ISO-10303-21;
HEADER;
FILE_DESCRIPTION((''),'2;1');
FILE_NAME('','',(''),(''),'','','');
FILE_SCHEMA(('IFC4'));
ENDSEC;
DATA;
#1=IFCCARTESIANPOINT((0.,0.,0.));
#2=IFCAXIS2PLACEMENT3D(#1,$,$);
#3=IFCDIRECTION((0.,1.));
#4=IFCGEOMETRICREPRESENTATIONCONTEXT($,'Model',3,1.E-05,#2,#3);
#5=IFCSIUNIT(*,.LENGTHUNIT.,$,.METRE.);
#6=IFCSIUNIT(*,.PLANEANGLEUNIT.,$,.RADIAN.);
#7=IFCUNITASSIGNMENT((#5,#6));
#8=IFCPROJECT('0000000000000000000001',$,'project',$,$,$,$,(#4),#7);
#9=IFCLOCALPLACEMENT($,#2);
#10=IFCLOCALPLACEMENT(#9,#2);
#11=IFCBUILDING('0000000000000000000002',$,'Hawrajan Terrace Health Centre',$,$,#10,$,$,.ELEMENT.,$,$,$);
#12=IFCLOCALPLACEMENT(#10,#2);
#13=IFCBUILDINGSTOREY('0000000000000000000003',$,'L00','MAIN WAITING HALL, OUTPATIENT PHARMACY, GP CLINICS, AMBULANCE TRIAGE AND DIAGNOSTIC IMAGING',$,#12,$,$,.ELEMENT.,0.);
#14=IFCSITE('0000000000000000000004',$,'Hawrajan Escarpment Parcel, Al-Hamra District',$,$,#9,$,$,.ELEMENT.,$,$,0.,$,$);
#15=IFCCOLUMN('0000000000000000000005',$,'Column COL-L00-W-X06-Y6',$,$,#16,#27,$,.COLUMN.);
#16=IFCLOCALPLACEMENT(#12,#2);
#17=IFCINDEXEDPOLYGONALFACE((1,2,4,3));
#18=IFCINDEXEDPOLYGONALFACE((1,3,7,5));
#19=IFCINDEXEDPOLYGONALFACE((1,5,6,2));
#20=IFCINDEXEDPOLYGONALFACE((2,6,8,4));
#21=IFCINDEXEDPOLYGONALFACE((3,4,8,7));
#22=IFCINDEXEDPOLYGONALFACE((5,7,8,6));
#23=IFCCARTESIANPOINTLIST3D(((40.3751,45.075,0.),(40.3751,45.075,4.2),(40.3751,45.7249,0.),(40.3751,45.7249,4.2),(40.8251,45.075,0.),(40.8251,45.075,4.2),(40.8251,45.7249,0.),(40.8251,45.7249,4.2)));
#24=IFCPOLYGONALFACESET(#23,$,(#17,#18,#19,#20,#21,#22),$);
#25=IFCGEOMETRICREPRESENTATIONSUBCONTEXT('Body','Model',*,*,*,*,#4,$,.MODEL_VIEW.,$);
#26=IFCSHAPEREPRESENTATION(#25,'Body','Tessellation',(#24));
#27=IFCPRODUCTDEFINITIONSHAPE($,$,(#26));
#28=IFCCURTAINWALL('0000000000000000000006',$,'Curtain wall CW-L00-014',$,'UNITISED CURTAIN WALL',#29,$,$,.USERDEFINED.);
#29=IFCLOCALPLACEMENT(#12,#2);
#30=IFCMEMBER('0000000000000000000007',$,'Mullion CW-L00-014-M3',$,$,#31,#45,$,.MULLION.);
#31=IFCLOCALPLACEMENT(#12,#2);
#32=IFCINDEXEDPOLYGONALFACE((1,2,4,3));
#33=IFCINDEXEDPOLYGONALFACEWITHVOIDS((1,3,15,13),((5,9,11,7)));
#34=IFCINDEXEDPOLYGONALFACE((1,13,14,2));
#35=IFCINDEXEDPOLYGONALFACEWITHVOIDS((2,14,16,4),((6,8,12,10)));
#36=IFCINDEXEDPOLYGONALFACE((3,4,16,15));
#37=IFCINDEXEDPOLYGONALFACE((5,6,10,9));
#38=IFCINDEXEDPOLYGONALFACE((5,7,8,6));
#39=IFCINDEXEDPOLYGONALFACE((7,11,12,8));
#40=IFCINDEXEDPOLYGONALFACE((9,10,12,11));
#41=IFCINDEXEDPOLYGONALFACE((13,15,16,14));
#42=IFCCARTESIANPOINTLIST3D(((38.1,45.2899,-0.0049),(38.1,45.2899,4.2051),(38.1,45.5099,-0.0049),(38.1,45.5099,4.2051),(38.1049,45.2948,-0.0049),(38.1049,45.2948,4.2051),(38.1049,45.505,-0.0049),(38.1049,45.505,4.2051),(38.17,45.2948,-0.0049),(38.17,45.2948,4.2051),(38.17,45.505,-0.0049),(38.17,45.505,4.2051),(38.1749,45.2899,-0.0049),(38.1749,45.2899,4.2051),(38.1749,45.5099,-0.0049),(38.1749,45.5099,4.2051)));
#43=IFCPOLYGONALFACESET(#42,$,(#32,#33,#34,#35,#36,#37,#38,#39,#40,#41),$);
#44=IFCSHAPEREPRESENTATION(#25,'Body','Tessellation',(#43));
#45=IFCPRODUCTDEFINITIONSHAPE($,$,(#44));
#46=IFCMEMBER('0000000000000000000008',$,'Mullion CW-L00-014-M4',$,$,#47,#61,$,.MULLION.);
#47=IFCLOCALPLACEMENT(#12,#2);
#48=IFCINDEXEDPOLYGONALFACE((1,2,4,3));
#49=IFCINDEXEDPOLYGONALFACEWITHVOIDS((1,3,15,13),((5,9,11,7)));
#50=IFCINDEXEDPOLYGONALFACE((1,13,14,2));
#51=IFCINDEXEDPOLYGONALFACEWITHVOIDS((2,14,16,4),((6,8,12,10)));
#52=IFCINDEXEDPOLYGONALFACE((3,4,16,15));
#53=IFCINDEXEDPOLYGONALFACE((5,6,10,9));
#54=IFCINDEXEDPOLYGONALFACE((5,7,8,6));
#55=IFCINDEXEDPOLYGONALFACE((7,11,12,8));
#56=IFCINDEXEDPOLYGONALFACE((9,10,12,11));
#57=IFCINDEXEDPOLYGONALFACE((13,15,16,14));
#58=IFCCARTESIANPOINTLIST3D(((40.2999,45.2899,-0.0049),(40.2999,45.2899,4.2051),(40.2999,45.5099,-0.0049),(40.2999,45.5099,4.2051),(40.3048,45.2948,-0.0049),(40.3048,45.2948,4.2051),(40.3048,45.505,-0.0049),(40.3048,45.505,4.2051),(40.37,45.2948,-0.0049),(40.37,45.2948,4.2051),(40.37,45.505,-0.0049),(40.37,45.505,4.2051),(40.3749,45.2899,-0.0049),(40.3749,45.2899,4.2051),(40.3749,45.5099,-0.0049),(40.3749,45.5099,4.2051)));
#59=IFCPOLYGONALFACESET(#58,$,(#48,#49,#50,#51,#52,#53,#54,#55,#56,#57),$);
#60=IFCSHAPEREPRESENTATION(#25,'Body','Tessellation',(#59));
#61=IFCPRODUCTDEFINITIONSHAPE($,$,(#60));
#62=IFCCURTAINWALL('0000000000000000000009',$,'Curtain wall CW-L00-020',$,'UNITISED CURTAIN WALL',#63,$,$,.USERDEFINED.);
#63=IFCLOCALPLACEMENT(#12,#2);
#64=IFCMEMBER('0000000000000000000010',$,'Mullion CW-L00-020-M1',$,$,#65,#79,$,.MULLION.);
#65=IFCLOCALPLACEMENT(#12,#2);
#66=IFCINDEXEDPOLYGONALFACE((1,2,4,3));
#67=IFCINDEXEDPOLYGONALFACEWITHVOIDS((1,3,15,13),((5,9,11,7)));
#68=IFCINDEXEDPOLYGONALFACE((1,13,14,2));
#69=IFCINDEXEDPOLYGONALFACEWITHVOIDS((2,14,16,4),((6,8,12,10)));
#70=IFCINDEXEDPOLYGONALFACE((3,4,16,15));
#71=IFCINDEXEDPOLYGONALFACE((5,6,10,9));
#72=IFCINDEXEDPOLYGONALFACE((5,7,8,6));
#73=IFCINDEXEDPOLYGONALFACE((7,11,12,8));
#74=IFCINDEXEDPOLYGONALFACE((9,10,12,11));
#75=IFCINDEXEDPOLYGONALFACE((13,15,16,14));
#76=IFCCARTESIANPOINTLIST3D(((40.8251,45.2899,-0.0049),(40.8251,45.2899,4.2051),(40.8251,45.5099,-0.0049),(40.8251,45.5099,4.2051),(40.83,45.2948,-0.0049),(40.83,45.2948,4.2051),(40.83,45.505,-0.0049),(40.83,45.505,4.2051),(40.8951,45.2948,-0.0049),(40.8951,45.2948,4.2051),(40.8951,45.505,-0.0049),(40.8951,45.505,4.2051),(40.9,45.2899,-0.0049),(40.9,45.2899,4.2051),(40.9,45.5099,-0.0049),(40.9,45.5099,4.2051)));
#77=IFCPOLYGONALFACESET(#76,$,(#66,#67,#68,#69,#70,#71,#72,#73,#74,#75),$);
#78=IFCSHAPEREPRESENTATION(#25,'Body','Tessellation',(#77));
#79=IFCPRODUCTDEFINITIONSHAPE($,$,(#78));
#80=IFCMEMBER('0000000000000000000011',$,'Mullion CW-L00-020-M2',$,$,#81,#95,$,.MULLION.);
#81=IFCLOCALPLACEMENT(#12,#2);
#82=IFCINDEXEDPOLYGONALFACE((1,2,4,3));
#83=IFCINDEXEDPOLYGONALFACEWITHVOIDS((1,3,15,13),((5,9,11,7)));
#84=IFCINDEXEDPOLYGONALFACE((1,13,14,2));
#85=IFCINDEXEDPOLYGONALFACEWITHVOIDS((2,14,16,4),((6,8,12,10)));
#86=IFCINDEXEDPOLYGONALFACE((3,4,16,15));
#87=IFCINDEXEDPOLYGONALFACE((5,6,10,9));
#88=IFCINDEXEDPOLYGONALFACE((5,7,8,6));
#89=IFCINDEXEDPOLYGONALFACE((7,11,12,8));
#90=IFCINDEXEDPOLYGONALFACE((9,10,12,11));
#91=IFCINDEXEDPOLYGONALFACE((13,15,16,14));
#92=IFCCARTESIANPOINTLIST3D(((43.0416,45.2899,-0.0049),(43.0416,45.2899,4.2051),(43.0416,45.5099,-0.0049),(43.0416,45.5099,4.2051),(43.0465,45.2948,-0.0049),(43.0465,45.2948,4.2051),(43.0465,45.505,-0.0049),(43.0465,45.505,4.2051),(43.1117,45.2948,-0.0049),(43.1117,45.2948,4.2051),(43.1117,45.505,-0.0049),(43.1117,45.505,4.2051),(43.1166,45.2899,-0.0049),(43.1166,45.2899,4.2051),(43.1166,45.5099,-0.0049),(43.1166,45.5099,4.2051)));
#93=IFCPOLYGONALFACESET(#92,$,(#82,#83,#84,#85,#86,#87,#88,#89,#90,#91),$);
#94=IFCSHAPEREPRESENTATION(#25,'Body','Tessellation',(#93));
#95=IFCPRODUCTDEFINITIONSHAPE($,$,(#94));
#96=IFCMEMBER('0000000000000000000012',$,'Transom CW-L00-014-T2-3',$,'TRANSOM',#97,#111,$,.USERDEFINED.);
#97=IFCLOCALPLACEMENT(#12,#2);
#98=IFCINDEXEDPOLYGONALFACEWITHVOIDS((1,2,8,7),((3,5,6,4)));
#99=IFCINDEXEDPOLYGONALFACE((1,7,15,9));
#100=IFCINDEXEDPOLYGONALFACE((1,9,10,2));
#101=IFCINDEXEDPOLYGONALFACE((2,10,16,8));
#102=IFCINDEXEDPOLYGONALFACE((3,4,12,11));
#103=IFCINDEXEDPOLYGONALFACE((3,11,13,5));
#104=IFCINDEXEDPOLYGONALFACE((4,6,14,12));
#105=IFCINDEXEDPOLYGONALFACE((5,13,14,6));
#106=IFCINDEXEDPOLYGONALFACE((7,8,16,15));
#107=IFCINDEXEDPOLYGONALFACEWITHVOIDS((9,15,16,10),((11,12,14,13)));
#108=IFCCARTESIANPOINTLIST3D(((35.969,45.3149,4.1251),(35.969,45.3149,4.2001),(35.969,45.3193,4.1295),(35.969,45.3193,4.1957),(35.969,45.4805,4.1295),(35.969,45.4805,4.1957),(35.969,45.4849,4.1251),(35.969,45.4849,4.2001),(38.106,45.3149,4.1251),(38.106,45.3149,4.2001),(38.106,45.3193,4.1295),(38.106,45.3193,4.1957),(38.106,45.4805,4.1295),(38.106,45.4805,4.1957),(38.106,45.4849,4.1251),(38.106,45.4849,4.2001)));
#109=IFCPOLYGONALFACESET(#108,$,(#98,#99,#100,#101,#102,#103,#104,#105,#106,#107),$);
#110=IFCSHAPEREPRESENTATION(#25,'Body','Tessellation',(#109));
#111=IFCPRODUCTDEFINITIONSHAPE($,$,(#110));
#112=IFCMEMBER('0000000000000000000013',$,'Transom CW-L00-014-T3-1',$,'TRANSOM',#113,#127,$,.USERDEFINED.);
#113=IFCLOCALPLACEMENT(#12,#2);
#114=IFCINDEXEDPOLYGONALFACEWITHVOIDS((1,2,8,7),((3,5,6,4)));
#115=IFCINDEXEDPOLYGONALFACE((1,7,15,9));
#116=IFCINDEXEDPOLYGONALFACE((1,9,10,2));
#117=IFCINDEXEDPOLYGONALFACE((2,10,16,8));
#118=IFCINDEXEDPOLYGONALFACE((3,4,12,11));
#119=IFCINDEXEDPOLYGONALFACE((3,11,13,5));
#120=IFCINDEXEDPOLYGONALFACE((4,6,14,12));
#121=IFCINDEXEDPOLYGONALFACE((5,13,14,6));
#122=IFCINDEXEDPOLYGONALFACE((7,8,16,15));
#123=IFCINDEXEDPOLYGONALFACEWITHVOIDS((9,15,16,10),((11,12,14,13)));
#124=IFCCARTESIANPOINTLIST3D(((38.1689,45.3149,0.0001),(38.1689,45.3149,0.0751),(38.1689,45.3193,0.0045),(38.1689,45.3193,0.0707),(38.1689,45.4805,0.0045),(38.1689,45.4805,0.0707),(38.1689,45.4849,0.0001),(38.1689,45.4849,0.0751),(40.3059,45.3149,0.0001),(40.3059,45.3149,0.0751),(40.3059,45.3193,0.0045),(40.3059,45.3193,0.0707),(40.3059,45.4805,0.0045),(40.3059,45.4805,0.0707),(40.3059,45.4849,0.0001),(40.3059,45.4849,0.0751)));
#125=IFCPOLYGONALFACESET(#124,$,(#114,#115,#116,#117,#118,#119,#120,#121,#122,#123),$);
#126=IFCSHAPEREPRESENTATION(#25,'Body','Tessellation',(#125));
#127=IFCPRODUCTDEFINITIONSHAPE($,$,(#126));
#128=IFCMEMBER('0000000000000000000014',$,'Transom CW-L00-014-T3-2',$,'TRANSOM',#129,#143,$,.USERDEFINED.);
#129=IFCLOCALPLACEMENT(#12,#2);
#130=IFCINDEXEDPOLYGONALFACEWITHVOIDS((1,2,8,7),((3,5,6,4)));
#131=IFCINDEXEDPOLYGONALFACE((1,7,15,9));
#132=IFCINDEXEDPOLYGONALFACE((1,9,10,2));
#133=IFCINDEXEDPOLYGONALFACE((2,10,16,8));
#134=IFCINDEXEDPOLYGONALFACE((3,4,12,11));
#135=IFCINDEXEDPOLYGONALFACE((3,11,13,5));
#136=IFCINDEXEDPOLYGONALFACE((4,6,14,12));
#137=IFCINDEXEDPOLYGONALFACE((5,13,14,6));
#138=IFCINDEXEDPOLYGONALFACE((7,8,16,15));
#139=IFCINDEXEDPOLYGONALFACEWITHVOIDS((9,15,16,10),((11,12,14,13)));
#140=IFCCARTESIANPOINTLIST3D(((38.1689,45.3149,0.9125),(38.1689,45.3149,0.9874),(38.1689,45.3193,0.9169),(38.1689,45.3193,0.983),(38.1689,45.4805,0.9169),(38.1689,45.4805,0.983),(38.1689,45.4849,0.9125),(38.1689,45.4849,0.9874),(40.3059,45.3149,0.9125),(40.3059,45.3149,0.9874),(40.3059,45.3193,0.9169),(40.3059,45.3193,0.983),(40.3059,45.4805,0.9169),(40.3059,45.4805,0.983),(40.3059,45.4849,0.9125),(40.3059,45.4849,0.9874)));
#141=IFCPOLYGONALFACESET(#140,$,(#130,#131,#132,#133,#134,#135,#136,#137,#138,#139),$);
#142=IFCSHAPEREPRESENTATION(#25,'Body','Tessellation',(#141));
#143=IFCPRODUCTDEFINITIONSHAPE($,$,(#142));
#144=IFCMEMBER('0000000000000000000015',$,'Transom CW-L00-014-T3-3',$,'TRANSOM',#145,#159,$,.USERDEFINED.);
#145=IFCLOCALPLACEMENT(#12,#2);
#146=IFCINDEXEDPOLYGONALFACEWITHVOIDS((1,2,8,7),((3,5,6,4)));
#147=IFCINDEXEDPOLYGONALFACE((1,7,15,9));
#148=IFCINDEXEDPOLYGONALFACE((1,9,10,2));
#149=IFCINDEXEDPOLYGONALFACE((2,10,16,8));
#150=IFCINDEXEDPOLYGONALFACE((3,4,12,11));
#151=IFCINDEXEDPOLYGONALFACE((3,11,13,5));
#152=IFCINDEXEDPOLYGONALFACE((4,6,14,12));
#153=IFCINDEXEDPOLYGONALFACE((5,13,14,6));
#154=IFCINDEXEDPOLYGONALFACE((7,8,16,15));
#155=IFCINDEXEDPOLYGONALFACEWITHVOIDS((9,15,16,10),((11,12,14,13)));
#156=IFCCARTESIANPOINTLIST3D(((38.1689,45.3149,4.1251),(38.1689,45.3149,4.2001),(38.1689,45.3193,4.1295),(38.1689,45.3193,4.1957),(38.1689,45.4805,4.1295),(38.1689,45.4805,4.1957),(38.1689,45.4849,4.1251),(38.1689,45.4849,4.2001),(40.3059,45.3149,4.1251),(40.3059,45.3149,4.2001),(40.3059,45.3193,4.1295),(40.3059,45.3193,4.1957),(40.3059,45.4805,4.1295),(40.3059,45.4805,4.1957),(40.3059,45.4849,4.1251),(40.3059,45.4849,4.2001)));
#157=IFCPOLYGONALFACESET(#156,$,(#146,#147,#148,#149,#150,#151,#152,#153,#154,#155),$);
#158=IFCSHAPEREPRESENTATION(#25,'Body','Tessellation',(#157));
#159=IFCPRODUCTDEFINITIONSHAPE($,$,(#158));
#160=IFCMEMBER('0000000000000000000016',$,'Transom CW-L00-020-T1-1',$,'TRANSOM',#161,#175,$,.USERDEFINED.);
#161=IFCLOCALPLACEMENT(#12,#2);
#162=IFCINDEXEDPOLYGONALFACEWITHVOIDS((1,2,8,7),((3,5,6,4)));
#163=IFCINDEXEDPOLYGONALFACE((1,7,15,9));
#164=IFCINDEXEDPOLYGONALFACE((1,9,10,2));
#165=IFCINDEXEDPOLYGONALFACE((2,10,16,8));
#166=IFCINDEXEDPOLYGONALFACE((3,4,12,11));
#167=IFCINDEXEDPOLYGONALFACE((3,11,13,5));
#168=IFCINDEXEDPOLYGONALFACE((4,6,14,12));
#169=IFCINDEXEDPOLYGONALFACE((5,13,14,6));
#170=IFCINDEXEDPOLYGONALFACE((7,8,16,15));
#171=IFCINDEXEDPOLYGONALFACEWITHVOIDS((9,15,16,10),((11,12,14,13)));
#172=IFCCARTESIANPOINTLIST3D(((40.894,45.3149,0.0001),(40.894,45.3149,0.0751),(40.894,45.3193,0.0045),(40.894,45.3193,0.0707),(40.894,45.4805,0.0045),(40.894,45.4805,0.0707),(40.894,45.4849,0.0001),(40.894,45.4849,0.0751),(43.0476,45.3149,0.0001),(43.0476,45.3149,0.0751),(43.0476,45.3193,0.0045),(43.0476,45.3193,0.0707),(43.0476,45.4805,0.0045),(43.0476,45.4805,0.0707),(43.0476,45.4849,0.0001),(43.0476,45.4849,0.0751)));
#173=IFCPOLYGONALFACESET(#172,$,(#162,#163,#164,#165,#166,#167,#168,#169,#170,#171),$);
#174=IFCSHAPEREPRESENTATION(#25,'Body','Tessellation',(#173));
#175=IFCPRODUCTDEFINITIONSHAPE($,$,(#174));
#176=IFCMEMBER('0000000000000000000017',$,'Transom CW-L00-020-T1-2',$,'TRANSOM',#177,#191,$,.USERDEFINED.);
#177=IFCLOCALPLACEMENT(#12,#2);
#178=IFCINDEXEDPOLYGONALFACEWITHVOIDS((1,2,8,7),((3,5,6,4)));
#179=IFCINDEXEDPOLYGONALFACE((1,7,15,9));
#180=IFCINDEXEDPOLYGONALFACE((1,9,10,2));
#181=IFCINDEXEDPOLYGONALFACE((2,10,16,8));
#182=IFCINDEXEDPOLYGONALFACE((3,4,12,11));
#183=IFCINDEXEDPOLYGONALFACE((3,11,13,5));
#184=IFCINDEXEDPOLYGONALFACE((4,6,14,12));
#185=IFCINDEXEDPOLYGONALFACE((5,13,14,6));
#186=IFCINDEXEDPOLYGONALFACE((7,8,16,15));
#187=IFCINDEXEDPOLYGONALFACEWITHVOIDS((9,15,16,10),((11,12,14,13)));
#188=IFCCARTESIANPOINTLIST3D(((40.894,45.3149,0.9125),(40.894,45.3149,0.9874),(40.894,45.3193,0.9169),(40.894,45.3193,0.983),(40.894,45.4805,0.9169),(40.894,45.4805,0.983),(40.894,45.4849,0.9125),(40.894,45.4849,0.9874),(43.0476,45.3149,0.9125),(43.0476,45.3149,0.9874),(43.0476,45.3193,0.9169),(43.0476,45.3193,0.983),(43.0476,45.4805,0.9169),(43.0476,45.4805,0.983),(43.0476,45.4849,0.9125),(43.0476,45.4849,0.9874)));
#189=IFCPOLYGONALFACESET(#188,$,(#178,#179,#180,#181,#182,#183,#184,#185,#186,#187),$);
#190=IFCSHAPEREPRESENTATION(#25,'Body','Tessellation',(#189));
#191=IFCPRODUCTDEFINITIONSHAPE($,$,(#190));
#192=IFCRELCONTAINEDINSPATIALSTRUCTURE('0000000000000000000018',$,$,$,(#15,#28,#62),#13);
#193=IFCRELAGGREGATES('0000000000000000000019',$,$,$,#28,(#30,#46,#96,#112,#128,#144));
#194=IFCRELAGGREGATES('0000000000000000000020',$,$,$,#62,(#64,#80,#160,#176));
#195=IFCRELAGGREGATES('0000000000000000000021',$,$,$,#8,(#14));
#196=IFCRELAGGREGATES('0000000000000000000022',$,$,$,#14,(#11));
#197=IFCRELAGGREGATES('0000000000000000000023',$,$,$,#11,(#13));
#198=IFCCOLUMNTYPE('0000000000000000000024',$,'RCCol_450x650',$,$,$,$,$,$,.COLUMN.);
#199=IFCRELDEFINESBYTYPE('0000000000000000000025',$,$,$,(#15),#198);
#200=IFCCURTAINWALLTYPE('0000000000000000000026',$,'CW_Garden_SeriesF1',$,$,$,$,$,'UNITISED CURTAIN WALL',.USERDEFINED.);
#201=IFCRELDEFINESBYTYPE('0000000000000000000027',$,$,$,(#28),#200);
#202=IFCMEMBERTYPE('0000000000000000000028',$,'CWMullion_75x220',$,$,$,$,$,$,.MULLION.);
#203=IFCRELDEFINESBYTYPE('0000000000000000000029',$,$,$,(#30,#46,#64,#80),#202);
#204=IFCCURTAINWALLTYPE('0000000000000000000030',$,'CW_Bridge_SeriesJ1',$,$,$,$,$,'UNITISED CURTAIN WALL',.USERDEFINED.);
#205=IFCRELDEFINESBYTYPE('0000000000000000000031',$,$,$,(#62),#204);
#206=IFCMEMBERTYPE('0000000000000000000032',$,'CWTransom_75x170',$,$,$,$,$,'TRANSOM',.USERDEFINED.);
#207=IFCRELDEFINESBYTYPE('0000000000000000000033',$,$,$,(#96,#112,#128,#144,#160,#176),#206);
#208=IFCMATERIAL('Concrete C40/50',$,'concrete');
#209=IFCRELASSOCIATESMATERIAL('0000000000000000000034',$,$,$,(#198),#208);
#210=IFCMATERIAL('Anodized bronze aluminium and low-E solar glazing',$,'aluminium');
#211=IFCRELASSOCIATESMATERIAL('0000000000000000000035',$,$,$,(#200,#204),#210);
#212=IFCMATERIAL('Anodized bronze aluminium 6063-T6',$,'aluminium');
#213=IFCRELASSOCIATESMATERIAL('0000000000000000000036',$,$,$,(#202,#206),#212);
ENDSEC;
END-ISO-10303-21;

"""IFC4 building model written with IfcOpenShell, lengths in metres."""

from ifc_helpers import new_model, si_unit, direction, frame, origin, origin_2d, place, context, subcontext, project, spatial, rectangle, hollow_rectangle, extrude, material, material_profile, profile_set, type_object, element, aggregate, save


model = new_model("IFC4")

# Units and contexts
model_context = context("Model", 3, precision=1e-05, world=origin(), true_north=direction((0.0, 1.0)))
body_context = subcontext(model_context, "Body", "Model", "MODEL_VIEW")
ifc_project = project(units=[si_unit("LENGTHUNIT", "METRE"), si_unit("PLANEANGLEUNIT", "RADIAN")], contexts=[model_context])

# Site, building, storey
site_placement = place(None, origin())
site = spatial("IfcSite", under=ifc_project, at=site_placement, Name="Hawrajan Escarpment Parcel, Al-Hamra District", CompositionType="ELEMENT", RefElevation=0.0)
building_placement = place(site_placement, origin())
building = spatial("IfcBuilding", under=site, at=building_placement, Name="Hawrajan Terrace Health Centre", CompositionType="ELEMENT")
storey_placement = place(building_placement, origin())
storey = spatial("IfcBuildingStorey", under=building, at=storey_placement, Name="L00", Description="MAIN WAITING HALL, OUTPATIENT PHARMACY, GP CLINICS, AMBULANCE TRIAGE AND DIAGNOSTIC IMAGING", CompositionType="ELEMENT", Elevation=0.0)

# Column
ifc_material_1 = material(Name="Concrete C40/50", Category="concrete")
ifc_material_profile_1 = material_profile(ifc_material_1, rectangle(XDim=0.45, YDim=0.6499, at=origin_2d()), Name="RC 450x650")
ifc_profile_set_1 = profile_set([ifc_material_profile_1], Name="Concrete C40/50")
column_type = type_object("IfcColumnType", Name="RCCol_450x650", PredefinedType="COLUMN", material=ifc_profile_set_1)
column_placement = place(storey_placement, frame((40.6001, 45.3999, 0.0), z_axis=(0.0, 0.0, 1.0), x_axis=(1.0, 0.0, 0.0)))
element("IfcColumn", 1, at=column_placement, inside=storey, type_object=column_type, Name="Column COL-L00-W-X06-Y6", PredefinedType="COLUMN", context=body_context, shape_type="SweptSolid", body=[
    extrude(rectangle(XDim=0.45, YDim=0.6499, at=origin_2d()), origin(), (0.0, 0.0, 1.0), 4.2),
])

# Curtain walls, members
ifc_material_2 = material(Name="Anodized bronze aluminium and low-E solar glazing", Category="aluminium")
curtain_wall_type_1 = type_object("IfcCurtainWallType", Name="CW_Garden_SeriesF1", ElementType="UNITISED CURTAIN WALL", PredefinedType="USERDEFINED", material=ifc_material_2)
curtain_wall_1_placement = place(storey_placement, origin())
curtain_wall_1 = element("IfcCurtainWall", 2, at=curtain_wall_1_placement, inside=storey, type_object=curtain_wall_type_1, Name="Curtain wall CW-L00-014", ObjectType="UNITISED CURTAIN WALL", PredefinedType="USERDEFINED")
ifc_material_3 = material(Name="Anodized bronze aluminium 6063-T6", Category="aluminium")
ifc_material_profile_2 = material_profile(ifc_material_3, hollow_rectangle(XDim=0.075, YDim=0.22, WallThickness=0.0049, at=origin_2d()), Name="CW MUL 75x220")
ifc_profile_set_2 = profile_set([ifc_material_profile_2], Name="Anodized bronze aluminium 6063-T6")
member_type_1 = type_object("IfcMemberType", Name="CWMullion_75x220", PredefinedType="MULLION", material=ifc_profile_set_2)
member_1_placement = place(storey_placement, frame((38.1375, 45.3999, -0.0049), z_axis=(0.0, 0.0, 1.0), x_axis=(1.0, 0.0, 0.0)))
member_1 = element("IfcMember", 3, at=member_1_placement, type_object=member_type_1, Name="Mullion CW-L00-014-M3", PredefinedType="MULLION", context=body_context, shape_type="SweptSolid", body=[
    extrude(hollow_rectangle(XDim=0.075, YDim=0.22, WallThickness=0.0049, at=origin_2d()), origin(), (0.0, 0.0, 1.0), 4.21),
])
member_2_placement = place(storey_placement, frame((40.3374, 45.3999, -0.0049), z_axis=(0.0, 0.0, 1.0), x_axis=(1.0, 0.0, 0.0)))
member_2 = element("IfcMember", 4, at=member_2_placement, type_object=member_type_1, Name="Mullion CW-L00-014-M4", PredefinedType="MULLION", context=body_context, shape_type="SweptSolid", body=[
    extrude(hollow_rectangle(XDim=0.075, YDim=0.22, WallThickness=0.0049, at=origin_2d()), origin(), (0.0, 0.0, 1.0), 4.21),
])
curtain_wall_type_2 = type_object("IfcCurtainWallType", Name="CW_Bridge_SeriesJ1", ElementType="UNITISED CURTAIN WALL", PredefinedType="USERDEFINED", material=ifc_material_2)
curtain_wall_2_placement = place(storey_placement, origin())
curtain_wall_2 = element("IfcCurtainWall", 5, at=curtain_wall_2_placement, inside=storey, type_object=curtain_wall_type_2, Name="Curtain wall CW-L00-020", ObjectType="UNITISED CURTAIN WALL", PredefinedType="USERDEFINED")
member_3_placement = place(storey_placement, frame((40.8625, 45.3999, -0.0049), z_axis=(0.0, 0.0, 1.0), x_axis=(1.0, 0.0, 0.0)))
member_3 = element("IfcMember", 6, at=member_3_placement, type_object=member_type_1, Name="Mullion CW-L00-020-M1", PredefinedType="MULLION", context=body_context, shape_type="SweptSolid", body=[
    extrude(hollow_rectangle(XDim=0.075, YDim=0.22, WallThickness=0.0049, at=origin_2d()), origin(), (0.0, 0.0, 1.0), 4.21),
])
member_4_placement = place(storey_placement, frame((43.0791, 45.3999, -0.0049), z_axis=(0.0, 0.0, 1.0), x_axis=(1.0, 0.0, 0.0)))
member_4 = element("IfcMember", 7, at=member_4_placement, type_object=member_type_1, Name="Mullion CW-L00-020-M2", PredefinedType="MULLION", context=body_context, shape_type="SweptSolid", body=[
    extrude(hollow_rectangle(XDim=0.075, YDim=0.22, WallThickness=0.0049, at=origin_2d()), origin(), (0.0, 0.0, 1.0), 4.21),
])

# Members
ifc_material_profile_3 = material_profile(ifc_material_3, hollow_rectangle(XDim=0.075, YDim=0.1699, WallThickness=0.0044, at=origin_2d()), Name="CW TRN 75x170")
ifc_profile_set_3 = profile_set([ifc_material_profile_3], Name="Anodized bronze aluminium 6063-T6")
member_type_2 = type_object("IfcMemberType", Name="CWTransom_75x170", ElementType="TRANSOM", PredefinedType="USERDEFINED", material=ifc_profile_set_3)
member_5_placement = place(storey_placement, frame((35.969, 45.3999, 4.1626), z_axis=(1.0, 0.0, 0.0), x_axis=(0.0, 0.0, 1.0)))
member_5 = element("IfcMember", 8, at=member_5_placement, type_object=member_type_2, Name="Transom CW-L00-014-T2-3", ObjectType="TRANSOM", PredefinedType="USERDEFINED", context=body_context, shape_type="SweptSolid", body=[
    extrude(hollow_rectangle(XDim=0.075, YDim=0.1699, WallThickness=0.0044, at=origin_2d()), origin(), (0.0, 0.0, 1.0), 2.137),
])
member_6_placement = place(storey_placement, frame((38.1689, 45.3999, 0.0376), z_axis=(1.0, 0.0, 0.0), x_axis=(0.0, 0.0, 1.0)))
member_6 = element("IfcMember", 9, at=member_6_placement, type_object=member_type_2, Name="Transom CW-L00-014-T3-1", ObjectType="TRANSOM", PredefinedType="USERDEFINED", context=body_context, shape_type="SweptSolid", body=[
    extrude(hollow_rectangle(XDim=0.075, YDim=0.1699, WallThickness=0.0044, at=origin_2d()), origin(), (0.0, 0.0, 1.0), 2.137),
])
member_7_placement = place(storey_placement, frame((38.1689, 45.3999, 0.95), z_axis=(1.0, 0.0, 0.0), x_axis=(0.0, 0.0, 1.0)))
member_7 = element("IfcMember", 10, at=member_7_placement, type_object=member_type_2, Name="Transom CW-L00-014-T3-2", ObjectType="TRANSOM", PredefinedType="USERDEFINED", context=body_context, shape_type="SweptSolid", body=[
    extrude(hollow_rectangle(XDim=0.075, YDim=0.1699, WallThickness=0.0044, at=origin_2d()), origin(), (0.0, 0.0, 1.0), 2.137),
])
member_8_placement = place(storey_placement, frame((38.1689, 45.3999, 4.1626), z_axis=(1.0, 0.0, 0.0), x_axis=(0.0, 0.0, 1.0)))
member_8 = element("IfcMember", 11, at=member_8_placement, type_object=member_type_2, Name="Transom CW-L00-014-T3-3", ObjectType="TRANSOM", PredefinedType="USERDEFINED", context=body_context, shape_type="SweptSolid", body=[
    extrude(hollow_rectangle(XDim=0.075, YDim=0.1699, WallThickness=0.0044, at=origin_2d()), origin(), (0.0, 0.0, 1.0), 2.137),
])
member_9_placement = place(storey_placement, frame((40.894, 45.3999, 0.0376), z_axis=(1.0, 0.0, 0.0), x_axis=(0.0, 0.0, 1.0)))
member_9 = element("IfcMember", 12, at=member_9_placement, type_object=member_type_2, Name="Transom CW-L00-020-T1-1", ObjectType="TRANSOM", PredefinedType="USERDEFINED", context=body_context, shape_type="SweptSolid", body=[
    extrude(hollow_rectangle(XDim=0.075, YDim=0.1699, WallThickness=0.0044, at=origin_2d()), origin(), (0.0, 0.0, 1.0), 2.1536),
])
member_10_placement = place(storey_placement, frame((40.894, 45.3999, 0.95), z_axis=(1.0, 0.0, 0.0), x_axis=(0.0, 0.0, 1.0)))
member_10 = element("IfcMember", 13, at=member_10_placement, type_object=member_type_2, Name="Transom CW-L00-020-T1-2", ObjectType="TRANSOM", PredefinedType="USERDEFINED", context=body_context, shape_type="SweptSolid", body=[
    extrude(hollow_rectangle(XDim=0.075, YDim=0.1699, WallThickness=0.0044, at=origin_2d()), origin(), (0.0, 0.0, 1.0), 2.1536),
])

aggregate(curtain_wall_1, [member_1, member_2, member_5, member_6, member_7, member_8])
aggregate(curtain_wall_2, [member_3, member_4, member_9, member_10])

save(model, "model.ifc")
